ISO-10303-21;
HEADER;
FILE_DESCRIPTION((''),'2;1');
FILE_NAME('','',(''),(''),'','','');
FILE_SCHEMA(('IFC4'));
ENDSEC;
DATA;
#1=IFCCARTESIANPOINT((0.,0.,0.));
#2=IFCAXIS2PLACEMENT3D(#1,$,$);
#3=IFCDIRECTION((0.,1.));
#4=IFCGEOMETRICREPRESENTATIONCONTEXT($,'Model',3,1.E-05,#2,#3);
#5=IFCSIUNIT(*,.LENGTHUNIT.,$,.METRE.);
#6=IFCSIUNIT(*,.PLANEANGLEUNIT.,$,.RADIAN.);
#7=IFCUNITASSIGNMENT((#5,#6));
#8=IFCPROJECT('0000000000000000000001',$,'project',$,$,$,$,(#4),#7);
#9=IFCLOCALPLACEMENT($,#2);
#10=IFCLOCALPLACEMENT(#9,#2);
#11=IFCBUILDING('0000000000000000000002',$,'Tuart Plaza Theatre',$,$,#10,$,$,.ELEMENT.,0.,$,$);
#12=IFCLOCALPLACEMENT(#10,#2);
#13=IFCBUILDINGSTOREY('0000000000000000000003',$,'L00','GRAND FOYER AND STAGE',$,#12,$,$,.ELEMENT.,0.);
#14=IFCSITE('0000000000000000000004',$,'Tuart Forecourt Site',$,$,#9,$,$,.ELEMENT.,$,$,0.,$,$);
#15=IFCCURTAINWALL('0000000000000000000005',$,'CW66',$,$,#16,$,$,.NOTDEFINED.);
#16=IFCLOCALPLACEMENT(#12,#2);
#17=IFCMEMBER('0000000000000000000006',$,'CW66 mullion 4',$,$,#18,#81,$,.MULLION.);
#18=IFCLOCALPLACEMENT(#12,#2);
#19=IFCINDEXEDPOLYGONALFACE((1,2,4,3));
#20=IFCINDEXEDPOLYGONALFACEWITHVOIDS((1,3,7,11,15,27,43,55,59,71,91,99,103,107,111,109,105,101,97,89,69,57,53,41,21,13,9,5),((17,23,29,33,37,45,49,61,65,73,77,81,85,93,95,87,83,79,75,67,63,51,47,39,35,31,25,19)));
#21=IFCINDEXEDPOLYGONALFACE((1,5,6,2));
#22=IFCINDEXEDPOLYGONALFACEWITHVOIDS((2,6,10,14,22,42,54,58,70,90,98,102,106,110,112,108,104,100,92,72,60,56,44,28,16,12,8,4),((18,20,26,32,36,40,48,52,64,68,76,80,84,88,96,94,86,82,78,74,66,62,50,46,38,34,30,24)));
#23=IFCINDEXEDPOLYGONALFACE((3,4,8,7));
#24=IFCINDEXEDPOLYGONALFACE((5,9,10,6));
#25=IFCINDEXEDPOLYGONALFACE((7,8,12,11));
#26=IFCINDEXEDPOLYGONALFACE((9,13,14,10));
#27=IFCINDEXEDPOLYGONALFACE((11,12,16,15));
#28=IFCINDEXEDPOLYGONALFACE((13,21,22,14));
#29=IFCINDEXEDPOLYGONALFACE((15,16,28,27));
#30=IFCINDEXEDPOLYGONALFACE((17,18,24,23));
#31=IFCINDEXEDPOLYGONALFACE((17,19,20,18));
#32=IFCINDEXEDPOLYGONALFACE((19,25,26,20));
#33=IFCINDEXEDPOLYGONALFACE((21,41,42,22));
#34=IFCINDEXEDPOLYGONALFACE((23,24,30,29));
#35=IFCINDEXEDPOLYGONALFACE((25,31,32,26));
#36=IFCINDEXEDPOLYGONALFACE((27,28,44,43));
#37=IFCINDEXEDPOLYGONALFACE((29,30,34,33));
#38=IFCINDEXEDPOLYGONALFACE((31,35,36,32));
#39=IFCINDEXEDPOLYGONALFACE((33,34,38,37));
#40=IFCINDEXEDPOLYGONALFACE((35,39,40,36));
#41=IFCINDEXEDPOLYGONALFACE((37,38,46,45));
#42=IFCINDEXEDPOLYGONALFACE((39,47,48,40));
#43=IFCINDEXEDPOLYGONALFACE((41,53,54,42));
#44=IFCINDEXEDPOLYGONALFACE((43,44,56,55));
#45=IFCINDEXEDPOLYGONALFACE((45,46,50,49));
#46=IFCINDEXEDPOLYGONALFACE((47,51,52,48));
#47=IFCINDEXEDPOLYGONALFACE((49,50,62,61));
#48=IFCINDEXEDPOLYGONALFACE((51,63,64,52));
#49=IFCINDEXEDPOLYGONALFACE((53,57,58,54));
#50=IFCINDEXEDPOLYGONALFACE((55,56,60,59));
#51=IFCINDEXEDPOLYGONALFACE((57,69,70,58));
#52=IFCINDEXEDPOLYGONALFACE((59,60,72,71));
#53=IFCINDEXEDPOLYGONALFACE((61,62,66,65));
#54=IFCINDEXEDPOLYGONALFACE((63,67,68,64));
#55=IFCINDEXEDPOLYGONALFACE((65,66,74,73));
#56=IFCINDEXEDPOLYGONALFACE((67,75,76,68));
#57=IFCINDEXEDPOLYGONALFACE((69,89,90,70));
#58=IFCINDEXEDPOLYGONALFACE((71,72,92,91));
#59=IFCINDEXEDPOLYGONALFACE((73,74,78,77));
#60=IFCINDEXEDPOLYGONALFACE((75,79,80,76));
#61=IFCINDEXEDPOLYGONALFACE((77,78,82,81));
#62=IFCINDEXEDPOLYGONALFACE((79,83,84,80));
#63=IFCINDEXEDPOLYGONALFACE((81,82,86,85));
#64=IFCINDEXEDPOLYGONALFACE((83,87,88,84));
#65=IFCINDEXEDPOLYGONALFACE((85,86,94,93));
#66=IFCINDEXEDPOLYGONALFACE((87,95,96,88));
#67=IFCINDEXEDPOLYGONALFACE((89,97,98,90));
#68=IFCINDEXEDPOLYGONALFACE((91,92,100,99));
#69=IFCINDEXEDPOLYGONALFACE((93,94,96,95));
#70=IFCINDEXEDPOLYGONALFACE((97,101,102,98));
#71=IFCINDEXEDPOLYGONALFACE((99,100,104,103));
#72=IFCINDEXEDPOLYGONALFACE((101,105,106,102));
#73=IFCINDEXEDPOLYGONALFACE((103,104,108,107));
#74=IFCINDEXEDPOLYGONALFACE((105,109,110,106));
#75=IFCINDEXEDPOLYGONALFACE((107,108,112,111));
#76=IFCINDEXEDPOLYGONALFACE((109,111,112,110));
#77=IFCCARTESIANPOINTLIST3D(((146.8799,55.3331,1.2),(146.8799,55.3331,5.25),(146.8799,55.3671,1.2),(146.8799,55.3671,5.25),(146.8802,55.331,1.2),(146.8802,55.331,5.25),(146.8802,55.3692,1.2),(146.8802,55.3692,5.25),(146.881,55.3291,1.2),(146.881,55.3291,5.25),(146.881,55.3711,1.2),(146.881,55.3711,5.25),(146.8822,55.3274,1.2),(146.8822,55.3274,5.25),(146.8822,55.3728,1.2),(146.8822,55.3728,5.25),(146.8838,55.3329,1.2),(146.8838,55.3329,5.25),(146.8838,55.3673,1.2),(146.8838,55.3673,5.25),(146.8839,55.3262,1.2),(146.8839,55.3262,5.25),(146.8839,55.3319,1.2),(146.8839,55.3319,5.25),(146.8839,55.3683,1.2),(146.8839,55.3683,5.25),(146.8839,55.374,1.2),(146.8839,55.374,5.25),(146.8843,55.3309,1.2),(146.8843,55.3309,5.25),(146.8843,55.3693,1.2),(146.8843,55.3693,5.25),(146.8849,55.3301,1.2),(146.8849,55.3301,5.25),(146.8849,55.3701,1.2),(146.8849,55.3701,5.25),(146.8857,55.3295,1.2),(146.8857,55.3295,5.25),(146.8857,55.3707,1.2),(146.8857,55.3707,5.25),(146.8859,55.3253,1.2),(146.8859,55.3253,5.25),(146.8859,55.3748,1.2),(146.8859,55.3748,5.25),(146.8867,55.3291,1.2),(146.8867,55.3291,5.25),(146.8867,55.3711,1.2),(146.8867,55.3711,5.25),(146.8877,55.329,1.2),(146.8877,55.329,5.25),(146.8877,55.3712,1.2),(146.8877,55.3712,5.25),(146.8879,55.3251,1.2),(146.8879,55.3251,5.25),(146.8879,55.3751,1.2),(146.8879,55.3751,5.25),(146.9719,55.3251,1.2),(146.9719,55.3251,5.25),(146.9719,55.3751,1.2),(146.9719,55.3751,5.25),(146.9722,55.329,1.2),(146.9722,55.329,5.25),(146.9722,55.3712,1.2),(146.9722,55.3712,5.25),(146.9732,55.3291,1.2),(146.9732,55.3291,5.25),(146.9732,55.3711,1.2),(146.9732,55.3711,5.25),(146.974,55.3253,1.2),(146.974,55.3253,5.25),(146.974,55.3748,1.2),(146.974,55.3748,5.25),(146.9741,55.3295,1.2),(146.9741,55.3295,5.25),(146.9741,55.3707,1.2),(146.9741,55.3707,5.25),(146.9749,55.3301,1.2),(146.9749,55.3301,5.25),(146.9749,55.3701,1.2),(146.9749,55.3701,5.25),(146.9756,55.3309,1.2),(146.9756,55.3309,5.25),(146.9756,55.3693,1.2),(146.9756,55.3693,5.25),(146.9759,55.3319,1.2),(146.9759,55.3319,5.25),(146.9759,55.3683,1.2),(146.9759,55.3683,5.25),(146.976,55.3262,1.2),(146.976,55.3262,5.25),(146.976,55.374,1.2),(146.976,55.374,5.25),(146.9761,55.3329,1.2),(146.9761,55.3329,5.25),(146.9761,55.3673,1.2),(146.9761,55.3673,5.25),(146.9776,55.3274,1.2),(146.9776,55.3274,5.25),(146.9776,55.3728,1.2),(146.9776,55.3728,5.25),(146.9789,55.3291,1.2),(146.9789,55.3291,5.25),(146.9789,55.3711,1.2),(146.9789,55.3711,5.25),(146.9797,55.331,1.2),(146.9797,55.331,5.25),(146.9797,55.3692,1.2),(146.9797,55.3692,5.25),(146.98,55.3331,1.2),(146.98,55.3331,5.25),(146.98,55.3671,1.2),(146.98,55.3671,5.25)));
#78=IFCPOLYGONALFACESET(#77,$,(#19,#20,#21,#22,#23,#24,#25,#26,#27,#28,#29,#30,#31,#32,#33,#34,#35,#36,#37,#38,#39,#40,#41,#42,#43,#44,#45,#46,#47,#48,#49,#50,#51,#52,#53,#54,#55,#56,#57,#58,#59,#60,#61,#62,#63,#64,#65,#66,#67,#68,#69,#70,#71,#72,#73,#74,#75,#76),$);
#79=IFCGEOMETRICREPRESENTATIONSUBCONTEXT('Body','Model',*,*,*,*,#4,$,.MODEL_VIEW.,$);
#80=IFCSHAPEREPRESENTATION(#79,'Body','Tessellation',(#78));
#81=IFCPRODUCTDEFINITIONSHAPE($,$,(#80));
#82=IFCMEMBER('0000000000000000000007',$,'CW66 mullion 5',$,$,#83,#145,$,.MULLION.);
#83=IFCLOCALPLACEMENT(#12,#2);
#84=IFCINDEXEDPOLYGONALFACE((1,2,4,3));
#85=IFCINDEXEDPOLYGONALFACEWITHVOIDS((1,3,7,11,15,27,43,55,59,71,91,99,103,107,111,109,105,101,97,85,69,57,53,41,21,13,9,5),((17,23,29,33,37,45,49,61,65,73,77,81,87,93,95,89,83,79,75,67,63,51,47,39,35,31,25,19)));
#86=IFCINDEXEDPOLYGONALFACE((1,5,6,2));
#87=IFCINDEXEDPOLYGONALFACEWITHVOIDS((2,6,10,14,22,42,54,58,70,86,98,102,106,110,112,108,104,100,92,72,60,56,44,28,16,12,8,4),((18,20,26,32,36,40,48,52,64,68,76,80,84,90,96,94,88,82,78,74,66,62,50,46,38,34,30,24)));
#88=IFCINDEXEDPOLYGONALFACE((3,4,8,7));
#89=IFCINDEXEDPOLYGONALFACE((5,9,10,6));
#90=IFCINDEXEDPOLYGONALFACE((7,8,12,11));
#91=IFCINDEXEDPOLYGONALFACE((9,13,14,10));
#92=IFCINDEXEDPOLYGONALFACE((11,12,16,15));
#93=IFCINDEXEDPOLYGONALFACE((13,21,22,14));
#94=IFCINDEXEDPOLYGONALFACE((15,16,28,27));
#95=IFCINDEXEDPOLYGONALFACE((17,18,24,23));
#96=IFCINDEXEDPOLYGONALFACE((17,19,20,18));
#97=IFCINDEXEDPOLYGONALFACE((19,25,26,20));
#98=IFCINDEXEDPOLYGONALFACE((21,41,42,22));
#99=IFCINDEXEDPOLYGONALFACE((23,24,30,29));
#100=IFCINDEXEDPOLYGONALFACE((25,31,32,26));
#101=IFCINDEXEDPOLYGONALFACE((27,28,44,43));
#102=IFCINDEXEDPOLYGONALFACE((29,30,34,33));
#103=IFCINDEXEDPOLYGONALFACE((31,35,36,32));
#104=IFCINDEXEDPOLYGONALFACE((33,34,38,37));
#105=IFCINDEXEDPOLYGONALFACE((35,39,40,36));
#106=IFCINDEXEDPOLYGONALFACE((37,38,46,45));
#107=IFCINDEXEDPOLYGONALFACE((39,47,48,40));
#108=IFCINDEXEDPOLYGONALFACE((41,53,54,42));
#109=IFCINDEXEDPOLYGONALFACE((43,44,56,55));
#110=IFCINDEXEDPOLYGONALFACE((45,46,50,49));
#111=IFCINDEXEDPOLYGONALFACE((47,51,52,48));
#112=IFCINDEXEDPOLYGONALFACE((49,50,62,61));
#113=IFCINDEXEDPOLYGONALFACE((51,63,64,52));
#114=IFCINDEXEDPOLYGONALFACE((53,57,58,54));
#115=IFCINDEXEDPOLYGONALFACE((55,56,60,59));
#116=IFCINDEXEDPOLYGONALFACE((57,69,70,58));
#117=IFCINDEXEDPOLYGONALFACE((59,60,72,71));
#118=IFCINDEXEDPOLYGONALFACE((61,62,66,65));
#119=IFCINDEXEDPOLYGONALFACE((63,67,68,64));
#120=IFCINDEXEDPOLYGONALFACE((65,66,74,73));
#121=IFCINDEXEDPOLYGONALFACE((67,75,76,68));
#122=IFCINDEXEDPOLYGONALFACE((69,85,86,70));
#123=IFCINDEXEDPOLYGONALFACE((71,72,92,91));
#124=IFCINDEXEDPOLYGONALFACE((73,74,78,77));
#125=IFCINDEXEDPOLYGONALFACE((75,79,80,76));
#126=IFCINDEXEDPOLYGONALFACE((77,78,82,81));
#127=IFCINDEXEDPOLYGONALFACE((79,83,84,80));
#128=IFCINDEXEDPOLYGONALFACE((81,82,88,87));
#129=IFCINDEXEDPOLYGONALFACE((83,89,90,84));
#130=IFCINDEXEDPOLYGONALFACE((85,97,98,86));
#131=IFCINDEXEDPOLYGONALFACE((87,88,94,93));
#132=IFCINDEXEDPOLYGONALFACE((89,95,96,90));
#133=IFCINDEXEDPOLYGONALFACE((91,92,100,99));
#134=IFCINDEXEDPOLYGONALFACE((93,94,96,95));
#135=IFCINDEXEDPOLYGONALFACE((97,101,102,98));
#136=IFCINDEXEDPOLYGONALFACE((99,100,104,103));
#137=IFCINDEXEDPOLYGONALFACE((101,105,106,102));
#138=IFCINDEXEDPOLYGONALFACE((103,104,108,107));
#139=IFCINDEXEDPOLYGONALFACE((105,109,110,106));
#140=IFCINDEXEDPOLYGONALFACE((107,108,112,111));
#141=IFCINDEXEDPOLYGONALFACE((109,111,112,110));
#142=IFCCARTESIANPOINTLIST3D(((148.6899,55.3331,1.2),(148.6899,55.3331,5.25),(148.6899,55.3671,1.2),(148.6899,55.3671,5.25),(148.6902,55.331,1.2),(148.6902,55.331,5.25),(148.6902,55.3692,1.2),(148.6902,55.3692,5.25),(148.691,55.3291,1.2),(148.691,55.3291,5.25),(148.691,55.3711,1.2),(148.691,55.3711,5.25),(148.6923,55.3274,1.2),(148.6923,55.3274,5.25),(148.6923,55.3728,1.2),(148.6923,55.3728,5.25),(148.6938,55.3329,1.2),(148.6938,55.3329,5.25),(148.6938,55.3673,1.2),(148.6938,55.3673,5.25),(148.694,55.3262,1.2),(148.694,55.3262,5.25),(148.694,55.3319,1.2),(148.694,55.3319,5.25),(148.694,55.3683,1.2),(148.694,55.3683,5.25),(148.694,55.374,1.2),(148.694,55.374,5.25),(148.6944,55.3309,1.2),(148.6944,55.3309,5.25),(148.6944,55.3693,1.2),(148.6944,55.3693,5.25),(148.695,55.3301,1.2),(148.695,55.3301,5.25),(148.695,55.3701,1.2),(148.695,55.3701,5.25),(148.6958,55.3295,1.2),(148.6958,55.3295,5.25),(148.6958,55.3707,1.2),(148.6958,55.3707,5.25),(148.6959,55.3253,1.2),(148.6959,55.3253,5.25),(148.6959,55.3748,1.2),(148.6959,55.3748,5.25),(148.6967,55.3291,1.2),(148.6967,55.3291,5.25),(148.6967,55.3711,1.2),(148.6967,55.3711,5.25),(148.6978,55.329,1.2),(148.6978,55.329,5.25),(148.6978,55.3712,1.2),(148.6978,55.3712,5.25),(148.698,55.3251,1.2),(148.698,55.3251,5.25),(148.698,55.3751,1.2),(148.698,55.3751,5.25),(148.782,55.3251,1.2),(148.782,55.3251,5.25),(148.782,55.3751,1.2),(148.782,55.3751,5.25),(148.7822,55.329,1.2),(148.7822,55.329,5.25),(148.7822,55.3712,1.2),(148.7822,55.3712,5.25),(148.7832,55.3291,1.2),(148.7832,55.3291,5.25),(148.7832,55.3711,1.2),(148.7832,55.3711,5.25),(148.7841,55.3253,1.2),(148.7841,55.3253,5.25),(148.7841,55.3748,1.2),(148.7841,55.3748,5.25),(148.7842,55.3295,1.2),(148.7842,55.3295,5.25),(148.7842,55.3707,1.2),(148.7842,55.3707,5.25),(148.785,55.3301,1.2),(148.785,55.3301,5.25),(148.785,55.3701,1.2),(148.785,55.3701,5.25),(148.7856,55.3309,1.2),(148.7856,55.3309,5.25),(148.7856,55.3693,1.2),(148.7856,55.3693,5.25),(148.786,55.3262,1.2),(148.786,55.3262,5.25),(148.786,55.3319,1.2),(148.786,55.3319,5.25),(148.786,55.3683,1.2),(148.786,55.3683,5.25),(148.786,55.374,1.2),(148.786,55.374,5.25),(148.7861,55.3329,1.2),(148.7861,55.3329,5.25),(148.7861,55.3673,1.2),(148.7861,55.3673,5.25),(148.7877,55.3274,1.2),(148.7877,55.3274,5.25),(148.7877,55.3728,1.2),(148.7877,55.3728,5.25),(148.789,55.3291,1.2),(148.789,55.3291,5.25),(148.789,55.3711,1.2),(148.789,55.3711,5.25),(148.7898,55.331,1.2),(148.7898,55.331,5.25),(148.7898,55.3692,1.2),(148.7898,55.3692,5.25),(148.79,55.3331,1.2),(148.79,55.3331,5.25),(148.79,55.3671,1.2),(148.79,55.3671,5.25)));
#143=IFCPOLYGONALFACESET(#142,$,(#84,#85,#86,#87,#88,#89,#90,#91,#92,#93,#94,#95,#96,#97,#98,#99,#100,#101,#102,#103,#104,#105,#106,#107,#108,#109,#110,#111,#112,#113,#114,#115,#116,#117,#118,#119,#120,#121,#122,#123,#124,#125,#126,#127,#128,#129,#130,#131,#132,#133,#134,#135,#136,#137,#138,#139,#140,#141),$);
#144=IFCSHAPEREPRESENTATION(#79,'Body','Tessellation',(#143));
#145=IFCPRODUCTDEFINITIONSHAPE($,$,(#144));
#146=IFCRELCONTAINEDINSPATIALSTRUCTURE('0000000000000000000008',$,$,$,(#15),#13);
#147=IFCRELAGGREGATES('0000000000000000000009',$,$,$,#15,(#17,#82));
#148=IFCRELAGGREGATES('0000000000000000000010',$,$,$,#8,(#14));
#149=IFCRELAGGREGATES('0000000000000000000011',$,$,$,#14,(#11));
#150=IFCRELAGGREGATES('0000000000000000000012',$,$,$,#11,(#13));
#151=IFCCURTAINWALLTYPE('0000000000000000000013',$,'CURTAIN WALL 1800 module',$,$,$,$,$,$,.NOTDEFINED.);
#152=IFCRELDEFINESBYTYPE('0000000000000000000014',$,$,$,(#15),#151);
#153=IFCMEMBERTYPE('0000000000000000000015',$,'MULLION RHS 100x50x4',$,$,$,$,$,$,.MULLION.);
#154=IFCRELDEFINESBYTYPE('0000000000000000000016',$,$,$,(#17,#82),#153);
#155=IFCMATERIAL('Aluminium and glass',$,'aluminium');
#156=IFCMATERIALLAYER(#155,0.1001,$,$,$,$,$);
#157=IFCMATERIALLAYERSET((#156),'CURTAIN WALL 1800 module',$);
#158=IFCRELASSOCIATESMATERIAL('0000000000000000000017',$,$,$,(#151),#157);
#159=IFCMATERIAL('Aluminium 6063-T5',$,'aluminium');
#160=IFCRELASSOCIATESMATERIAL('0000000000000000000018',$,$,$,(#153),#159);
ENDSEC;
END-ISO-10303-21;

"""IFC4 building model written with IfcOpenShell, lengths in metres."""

from ifc_helpers import new_model, si_unit, direction, frame, origin, origin_2d, place, context, subcontext, project, spatial, hollow_rectangle, extrude, material, layer, layer_set, material_profile, profile_set, type_object, element, aggregate, save


model = new_model("IFC4")

# Units and contexts
model_context = context("Model", 3, precision=1e-05, world=origin(), true_north=direction((0.0, 1.0)))
body_context = subcontext(model_context, "Body", "Model", "MODEL_VIEW")
ifc_project = project(units=[si_unit("LENGTHUNIT", "METRE"), si_unit("PLANEANGLEUNIT", "RADIAN")], contexts=[model_context])

# Site, building, storey
site_placement = place(None, origin())
site = spatial("IfcSite", under=ifc_project, at=site_placement, Name="Tuart Forecourt Site", CompositionType="ELEMENT", RefElevation=0.0)
building_placement = place(site_placement, origin())
building = spatial("IfcBuilding", under=site, at=building_placement, Name="Tuart Plaza Theatre", CompositionType="ELEMENT", ElevationOfRefHeight=0.0)
storey_placement = place(building_placement, origin())
storey = spatial("IfcBuildingStorey", under=building, at=storey_placement, Name="L00", Description="GRAND FOYER AND STAGE", CompositionType="ELEMENT", Elevation=0.0)

# Curtain wall, members
ifc_material_1 = material(Name="Aluminium and glass", Category="aluminium")
ifc_layer_1 = layer(ifc_material_1, 0.1001)
ifc_layer_set_1 = layer_set([ifc_layer_1], Name="CURTAIN WALL 1800 module")
curtain_wall_type = type_object("IfcCurtainWallType", Name="CURTAIN WALL 1800 module", PredefinedType="NOTDEFINED", material=ifc_layer_set_1)
curtain_wall_placement = place(storey_placement, origin())
curtain_wall = element("IfcCurtainWall", 1, at=curtain_wall_placement, inside=storey, type_object=curtain_wall_type, Name="CW66", PredefinedType="NOTDEFINED")
ifc_material_2 = material(Name="Aluminium 6063-T5", Category="aluminium")
ifc_material_profile_1 = material_profile(ifc_material_2, hollow_rectangle(XDim=0.05, YDim=0.1001, WallThickness=0.0039, InnerFilletRadius=0.0039, OuterFilletRadius=0.0081, at=origin_2d()), Name="RHS 100x50x4")
ifc_profile_set_1 = profile_set([ifc_material_profile_1], Name="Aluminium 6063-T5")
member_type_1 = type_object("IfcMemberType", Name="MULLION RHS 100x50x4", PredefinedType="MULLION", material=ifc_profile_set_1)
member_1_placement = place(storey_placement, frame((146.9299, 55.3501, 1.2), z_axis=(0.0, 0.0, 1.0), x_axis=(0.0, 1.0, 0.0)))
member_1 = element("IfcMember", 2, at=member_1_placement, type_object=member_type_1, Name="CW66 mullion 4", PredefinedType="MULLION", context=body_context, shape_type="SweptSolid", body=[
    extrude(hollow_rectangle(XDim=0.05, YDim=0.1001, WallThickness=0.0039, InnerFilletRadius=0.0039, OuterFilletRadius=0.0081, at=origin_2d()), origin(), (0.0, 0.0, 1.0), 4.05),
])
member_2_placement = place(storey_placement, frame((148.74, 55.3501, 1.2), z_axis=(0.0, 0.0, 1.0), x_axis=(0.0, 1.0, 0.0)))
member_2 = element("IfcMember", 3, at=member_2_placement, type_object=member_type_1, Name="CW66 mullion 5", PredefinedType="MULLION", context=body_context, shape_type="SweptSolid", body=[
    extrude(hollow_rectangle(XDim=0.05, YDim=0.1001, WallThickness=0.0039, InnerFilletRadius=0.0039, OuterFilletRadius=0.0081, at=origin_2d()), origin(), (0.0, 0.0, 1.0), 4.05),
])
aggregate(curtain_wall, [member_1, member_2])

save(model, "model.ifc")
